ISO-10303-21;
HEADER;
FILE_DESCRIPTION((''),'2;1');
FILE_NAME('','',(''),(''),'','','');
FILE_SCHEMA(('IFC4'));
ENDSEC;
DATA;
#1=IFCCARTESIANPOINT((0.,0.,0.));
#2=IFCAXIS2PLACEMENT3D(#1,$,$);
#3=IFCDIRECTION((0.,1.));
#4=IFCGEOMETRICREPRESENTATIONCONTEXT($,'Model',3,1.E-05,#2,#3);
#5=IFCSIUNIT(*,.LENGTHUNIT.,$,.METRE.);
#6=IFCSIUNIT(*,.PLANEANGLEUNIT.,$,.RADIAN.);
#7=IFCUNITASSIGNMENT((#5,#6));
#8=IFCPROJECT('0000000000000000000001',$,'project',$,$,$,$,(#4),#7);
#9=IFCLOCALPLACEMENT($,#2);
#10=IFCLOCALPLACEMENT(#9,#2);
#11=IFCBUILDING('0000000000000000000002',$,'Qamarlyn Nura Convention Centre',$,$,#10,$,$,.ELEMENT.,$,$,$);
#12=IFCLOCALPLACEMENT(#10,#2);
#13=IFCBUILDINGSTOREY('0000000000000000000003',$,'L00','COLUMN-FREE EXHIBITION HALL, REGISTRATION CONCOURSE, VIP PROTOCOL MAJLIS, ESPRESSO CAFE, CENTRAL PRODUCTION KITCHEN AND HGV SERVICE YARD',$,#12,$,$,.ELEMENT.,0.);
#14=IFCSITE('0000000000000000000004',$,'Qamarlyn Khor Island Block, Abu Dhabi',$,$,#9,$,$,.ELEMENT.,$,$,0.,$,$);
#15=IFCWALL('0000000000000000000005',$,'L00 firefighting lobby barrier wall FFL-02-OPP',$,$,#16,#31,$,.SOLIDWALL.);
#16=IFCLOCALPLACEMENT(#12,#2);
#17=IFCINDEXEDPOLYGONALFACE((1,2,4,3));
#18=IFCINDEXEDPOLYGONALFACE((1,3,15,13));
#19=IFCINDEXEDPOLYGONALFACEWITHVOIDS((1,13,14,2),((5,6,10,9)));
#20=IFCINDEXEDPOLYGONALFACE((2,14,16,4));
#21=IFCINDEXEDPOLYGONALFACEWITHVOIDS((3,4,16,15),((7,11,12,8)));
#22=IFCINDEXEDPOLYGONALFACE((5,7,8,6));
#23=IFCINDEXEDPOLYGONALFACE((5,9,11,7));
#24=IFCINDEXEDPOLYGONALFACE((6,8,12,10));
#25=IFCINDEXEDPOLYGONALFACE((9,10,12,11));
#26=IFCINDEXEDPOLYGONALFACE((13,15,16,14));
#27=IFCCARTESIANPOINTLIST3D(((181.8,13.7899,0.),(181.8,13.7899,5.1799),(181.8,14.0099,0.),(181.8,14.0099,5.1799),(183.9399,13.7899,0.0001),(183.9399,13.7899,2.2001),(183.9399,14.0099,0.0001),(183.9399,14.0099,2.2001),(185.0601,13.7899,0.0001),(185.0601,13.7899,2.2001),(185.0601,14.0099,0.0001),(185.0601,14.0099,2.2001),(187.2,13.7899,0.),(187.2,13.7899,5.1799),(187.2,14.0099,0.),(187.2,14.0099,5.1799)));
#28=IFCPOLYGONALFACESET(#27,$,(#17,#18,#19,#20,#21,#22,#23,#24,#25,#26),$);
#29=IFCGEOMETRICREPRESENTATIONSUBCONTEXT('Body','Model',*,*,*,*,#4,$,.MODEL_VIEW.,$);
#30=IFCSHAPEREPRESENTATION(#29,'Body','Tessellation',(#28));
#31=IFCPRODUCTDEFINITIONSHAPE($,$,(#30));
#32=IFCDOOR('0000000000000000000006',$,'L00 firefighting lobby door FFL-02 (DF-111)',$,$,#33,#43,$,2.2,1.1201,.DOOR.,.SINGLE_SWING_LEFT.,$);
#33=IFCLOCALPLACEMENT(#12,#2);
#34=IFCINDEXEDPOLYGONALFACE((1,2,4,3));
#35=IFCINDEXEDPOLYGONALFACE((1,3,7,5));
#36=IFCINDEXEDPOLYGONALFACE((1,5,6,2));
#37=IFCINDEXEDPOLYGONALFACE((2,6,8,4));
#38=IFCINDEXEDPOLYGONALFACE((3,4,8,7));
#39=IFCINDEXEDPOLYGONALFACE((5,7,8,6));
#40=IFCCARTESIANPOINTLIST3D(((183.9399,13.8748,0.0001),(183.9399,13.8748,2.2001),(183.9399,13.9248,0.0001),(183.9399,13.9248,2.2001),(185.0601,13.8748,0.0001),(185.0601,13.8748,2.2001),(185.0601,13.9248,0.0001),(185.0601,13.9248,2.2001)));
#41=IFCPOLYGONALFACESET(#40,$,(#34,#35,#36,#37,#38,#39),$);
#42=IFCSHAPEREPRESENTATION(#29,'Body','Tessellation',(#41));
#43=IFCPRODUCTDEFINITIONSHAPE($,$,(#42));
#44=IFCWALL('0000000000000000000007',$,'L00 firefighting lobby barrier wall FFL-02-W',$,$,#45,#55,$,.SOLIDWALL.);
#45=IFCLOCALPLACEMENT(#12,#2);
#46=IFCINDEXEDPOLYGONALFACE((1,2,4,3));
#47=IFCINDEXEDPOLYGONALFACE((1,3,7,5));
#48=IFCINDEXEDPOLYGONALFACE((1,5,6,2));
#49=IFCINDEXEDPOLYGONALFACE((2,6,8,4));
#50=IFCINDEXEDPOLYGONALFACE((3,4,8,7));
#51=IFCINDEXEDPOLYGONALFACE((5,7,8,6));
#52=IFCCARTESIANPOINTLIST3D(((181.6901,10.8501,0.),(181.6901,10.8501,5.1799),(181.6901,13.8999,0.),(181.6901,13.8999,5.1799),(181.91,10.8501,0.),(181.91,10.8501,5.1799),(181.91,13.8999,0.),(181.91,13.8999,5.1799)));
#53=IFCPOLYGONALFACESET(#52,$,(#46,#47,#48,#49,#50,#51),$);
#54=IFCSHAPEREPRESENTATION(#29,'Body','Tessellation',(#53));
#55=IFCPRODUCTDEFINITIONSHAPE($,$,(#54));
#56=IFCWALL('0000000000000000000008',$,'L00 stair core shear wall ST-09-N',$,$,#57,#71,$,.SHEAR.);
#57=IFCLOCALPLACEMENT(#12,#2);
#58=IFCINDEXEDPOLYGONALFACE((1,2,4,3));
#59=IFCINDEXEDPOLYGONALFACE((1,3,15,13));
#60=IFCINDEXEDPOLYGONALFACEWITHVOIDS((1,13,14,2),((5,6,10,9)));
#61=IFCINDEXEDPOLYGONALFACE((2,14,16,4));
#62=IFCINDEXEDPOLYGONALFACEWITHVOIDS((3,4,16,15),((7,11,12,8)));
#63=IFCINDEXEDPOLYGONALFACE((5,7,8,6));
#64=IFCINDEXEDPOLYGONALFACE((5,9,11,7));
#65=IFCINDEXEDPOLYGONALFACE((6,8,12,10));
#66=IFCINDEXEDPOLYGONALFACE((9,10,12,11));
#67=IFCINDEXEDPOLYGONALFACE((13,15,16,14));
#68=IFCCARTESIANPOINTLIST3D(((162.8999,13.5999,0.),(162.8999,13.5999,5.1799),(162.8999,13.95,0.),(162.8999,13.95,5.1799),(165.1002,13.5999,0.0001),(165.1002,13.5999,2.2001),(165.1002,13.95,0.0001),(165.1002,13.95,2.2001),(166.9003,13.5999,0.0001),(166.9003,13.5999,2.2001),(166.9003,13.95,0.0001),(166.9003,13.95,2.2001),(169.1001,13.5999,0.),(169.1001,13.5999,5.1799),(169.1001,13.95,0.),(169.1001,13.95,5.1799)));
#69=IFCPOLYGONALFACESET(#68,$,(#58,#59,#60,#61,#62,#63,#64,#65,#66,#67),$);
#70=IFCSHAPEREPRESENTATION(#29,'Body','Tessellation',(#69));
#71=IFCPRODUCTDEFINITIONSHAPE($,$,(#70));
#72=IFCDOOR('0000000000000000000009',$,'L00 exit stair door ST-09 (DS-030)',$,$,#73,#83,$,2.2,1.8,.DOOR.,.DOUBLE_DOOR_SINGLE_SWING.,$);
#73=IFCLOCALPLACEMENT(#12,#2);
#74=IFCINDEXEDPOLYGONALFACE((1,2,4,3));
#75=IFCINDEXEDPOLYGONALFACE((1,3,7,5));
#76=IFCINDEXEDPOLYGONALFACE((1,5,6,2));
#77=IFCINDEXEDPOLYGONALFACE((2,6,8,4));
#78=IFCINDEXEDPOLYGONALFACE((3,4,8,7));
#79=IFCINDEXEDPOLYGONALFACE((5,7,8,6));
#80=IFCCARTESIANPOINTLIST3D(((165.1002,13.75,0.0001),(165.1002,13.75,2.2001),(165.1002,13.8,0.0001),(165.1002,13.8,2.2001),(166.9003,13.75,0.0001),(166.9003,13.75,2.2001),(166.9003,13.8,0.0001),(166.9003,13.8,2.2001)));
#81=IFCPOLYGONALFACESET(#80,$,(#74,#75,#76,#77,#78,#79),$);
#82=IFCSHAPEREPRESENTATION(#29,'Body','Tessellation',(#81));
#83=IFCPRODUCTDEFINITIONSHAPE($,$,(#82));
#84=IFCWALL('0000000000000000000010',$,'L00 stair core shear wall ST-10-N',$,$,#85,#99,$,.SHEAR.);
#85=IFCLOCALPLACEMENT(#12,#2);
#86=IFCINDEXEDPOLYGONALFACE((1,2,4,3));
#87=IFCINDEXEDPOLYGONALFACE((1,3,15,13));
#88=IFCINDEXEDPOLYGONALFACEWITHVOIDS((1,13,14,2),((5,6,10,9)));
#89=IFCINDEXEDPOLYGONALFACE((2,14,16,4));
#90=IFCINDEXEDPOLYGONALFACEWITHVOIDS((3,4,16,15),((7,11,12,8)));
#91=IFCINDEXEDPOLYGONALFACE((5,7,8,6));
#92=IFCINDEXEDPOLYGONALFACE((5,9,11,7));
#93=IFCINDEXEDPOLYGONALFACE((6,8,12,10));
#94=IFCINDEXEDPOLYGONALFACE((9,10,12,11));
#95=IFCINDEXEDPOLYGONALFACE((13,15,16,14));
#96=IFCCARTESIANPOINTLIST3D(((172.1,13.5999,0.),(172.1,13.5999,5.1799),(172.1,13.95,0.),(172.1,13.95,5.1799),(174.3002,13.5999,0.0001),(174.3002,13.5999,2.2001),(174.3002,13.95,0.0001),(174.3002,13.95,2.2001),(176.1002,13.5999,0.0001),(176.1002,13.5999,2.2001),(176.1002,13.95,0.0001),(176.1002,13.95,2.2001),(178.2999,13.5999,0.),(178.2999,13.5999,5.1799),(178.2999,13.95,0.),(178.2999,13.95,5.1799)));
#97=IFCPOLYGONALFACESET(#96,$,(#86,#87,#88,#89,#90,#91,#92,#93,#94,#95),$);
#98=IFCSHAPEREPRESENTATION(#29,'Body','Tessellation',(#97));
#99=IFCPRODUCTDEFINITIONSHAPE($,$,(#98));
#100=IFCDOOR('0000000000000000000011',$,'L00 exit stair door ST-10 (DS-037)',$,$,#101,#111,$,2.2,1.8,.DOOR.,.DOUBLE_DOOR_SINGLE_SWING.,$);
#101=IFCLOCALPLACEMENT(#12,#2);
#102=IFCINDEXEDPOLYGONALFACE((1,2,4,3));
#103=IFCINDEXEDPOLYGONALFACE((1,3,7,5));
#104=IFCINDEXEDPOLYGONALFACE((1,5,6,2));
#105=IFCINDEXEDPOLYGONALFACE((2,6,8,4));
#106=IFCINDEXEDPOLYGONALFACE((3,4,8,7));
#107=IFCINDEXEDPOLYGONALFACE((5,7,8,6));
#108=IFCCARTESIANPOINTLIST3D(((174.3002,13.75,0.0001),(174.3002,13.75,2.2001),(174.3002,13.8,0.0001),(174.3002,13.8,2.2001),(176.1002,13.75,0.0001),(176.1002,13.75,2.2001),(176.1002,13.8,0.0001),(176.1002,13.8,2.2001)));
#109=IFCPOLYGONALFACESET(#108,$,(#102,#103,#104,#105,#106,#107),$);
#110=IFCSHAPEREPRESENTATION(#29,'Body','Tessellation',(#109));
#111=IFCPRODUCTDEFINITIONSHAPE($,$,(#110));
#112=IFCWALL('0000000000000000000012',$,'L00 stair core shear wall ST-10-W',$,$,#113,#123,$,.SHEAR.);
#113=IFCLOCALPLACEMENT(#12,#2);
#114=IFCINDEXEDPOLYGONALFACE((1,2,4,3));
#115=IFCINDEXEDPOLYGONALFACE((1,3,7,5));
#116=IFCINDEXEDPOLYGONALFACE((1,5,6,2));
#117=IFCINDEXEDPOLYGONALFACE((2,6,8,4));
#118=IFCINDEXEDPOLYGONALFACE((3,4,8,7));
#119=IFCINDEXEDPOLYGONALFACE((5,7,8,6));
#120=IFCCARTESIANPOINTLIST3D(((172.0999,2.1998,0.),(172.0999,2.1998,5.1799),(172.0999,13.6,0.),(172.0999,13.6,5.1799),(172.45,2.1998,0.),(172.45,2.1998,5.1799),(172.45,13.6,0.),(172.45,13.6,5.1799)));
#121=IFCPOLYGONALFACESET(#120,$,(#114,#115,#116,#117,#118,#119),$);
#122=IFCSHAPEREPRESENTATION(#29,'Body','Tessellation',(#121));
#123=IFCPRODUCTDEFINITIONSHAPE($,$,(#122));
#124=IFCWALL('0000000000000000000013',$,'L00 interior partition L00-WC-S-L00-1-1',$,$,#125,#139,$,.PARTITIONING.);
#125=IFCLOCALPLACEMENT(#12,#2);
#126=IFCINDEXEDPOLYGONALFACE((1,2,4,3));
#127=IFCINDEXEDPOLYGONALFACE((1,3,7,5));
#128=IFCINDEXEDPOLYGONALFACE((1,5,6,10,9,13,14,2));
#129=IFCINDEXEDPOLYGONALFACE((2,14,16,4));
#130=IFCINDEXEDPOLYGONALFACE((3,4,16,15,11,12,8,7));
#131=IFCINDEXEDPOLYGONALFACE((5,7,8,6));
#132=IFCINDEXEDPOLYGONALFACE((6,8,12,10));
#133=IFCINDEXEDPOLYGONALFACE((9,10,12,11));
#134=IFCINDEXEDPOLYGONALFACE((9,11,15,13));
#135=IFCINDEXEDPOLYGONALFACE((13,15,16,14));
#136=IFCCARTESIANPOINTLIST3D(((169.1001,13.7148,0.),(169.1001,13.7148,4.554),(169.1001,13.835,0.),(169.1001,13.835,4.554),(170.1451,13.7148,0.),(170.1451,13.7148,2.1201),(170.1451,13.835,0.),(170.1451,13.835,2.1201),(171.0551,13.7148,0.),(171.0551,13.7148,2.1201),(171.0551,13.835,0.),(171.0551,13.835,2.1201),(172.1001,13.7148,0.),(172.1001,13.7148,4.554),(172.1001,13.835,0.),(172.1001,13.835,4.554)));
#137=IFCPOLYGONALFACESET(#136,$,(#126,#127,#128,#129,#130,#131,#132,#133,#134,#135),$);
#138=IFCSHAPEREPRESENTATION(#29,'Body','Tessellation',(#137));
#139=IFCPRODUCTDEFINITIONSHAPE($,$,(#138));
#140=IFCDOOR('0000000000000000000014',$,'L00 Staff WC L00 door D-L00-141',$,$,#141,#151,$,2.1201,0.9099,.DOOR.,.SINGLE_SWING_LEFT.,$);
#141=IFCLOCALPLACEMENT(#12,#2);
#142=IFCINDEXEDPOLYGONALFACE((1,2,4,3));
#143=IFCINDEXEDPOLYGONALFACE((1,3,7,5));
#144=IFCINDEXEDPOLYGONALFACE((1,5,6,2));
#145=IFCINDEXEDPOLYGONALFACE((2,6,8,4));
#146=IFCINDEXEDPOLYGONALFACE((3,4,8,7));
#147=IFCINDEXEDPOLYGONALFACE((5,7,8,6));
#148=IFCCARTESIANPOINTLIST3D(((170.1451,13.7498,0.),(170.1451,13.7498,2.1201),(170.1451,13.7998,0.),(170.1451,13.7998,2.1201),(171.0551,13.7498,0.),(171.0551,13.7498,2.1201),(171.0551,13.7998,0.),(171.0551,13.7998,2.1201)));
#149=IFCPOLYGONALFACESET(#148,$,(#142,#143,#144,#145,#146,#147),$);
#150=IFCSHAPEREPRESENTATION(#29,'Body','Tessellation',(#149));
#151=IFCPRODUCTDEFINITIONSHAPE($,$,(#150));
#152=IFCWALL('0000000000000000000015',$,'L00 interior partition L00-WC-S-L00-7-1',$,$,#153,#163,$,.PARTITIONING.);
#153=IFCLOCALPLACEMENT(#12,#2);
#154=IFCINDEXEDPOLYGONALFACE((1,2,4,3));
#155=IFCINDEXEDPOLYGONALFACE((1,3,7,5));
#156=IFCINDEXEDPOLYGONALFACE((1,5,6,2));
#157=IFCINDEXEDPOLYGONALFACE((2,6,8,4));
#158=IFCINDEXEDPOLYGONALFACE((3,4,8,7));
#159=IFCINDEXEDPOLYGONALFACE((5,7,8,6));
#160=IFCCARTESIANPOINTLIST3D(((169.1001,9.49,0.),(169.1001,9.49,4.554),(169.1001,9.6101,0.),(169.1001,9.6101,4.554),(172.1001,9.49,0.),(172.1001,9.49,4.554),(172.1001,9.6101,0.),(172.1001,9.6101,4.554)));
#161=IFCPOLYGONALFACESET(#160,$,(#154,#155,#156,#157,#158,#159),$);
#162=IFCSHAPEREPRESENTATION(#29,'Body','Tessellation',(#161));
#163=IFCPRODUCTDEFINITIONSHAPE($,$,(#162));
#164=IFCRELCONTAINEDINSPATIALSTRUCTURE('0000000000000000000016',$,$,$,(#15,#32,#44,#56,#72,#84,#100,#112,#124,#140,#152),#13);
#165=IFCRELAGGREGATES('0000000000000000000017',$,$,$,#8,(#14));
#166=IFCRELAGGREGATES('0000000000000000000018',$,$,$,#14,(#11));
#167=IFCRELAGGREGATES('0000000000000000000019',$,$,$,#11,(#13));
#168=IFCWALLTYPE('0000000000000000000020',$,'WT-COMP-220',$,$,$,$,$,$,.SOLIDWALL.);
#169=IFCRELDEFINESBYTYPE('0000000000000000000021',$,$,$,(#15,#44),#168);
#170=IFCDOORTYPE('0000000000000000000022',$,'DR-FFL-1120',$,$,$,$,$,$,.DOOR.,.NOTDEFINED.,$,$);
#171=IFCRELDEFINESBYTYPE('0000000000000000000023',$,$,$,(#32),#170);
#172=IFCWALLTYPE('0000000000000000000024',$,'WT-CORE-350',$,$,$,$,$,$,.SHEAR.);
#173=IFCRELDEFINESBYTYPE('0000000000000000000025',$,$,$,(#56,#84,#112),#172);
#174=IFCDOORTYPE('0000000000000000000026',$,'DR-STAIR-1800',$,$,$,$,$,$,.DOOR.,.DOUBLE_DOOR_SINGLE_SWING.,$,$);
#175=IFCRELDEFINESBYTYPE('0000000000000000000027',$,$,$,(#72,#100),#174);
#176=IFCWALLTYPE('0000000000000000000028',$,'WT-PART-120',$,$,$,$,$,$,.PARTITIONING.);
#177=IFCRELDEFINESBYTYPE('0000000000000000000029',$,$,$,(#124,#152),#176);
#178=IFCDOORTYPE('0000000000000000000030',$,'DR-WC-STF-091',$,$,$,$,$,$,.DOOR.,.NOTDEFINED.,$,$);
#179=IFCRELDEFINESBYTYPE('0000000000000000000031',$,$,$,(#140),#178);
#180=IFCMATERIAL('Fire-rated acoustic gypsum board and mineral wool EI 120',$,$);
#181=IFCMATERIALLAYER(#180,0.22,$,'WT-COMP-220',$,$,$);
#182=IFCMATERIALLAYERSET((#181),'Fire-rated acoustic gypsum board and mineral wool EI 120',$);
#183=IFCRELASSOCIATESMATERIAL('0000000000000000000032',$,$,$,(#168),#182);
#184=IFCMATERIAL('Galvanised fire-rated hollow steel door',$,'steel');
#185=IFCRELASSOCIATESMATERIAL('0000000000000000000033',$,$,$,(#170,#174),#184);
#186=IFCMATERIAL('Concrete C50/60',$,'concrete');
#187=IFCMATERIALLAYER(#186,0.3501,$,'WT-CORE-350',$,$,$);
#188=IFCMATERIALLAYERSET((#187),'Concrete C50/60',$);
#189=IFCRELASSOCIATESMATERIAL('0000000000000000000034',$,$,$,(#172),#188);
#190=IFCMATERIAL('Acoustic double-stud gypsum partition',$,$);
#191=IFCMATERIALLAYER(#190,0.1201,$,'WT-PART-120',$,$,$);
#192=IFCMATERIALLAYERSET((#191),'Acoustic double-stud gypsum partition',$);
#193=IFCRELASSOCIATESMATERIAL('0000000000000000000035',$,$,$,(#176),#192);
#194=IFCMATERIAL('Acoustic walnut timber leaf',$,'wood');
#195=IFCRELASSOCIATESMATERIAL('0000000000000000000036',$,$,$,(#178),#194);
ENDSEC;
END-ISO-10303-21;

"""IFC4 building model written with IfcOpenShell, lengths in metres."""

from ifc_helpers import new_model, si_unit, direction, frame, frame_2d, origin, place, context, subcontext, project, spatial, rectangle, extrude, material, layer, layer_set, type_object, element, fill, save


model = new_model("IFC4")

# Units and contexts
model_context = context("Model", 3, precision=1e-05, world=origin(), true_north=direction((0.0, 1.0)))
body_context = subcontext(model_context, "Body", "Model", "MODEL_VIEW")
ifc_project = project(units=[si_unit("LENGTHUNIT", "METRE"), si_unit("PLANEANGLEUNIT", "RADIAN")], contexts=[model_context])

# Site, building, storey
site_placement = place(None, origin())
site = spatial("IfcSite", under=ifc_project, at=site_placement, Name="Qamarlyn Khor Island Block, Abu Dhabi", CompositionType="ELEMENT", RefElevation=0.0)
building_placement = place(site_placement, origin())
building = spatial("IfcBuilding", under=site, at=building_placement, Name="Qamarlyn Nura Convention Centre", CompositionType="ELEMENT")
storey_placement = place(building_placement, origin())
storey = spatial("IfcBuildingStorey", under=building, at=storey_placement, Name="L00", Description="COLUMN-FREE EXHIBITION HALL, REGISTRATION CONCOURSE, VIP PROTOCOL MAJLIS, ESPRESSO CAFE, CENTRAL PRODUCTION KITCHEN AND HGV SERVICE YARD", CompositionType="ELEMENT", Elevation=0.0)

# Wall, opening, door
ifc_material_1 = material(Name="Fire-rated acoustic gypsum board and mineral wool EI 120")
ifc_layer_1 = layer(ifc_material_1, 0.22, Name="WT-COMP-220")
ifc_layer_set_1 = layer_set([ifc_layer_1], Name="Fire-rated acoustic gypsum board and mineral wool EI 120")
wall_type_1 = type_object("IfcWallType", Name="WT-COMP-220", PredefinedType="SOLIDWALL", material=ifc_layer_set_1)
wall_1_placement = place(storey_placement, frame((181.8, 13.8999, 0.0), z_axis=(0.0, 0.0, 1.0), x_axis=(1.0, 0.0, 0.0)))
wall_1 = element("IfcWall", 1, at=wall_1_placement, inside=storey, type_object=wall_type_1, Name="L00 firefighting lobby barrier wall FFL-02-OPP", PredefinedType="SOLIDWALL", context=body_context, shape_type="SweptSolid", body=[
    extrude(rectangle(XDim=5.3999, YDim=0.22, at=frame_2d((2.7, 0.0))), origin(), (0.0, 0.0, 1.0), 5.1799),
])
opening_1_placement = place(wall_1_placement, frame((2.1399, 0.0, 0.0)))
opening_1 = element("IfcOpeningElement", 2, at=opening_1_placement, cuts=wall_1, PredefinedType="OPENING", context=body_context, shape_type="SweptSolid", body=[
    extrude(rectangle(XDim=1.1201, YDim=2.2, at=frame_2d((0.5601, 1.1001))), frame((0.0, 0.1201, 0.0), z_axis=(0.0, -1.0, 0.0), x_axis=(1.0, 0.0, 0.0)), (0.0, 0.0, 1.0), 0.24),
])
ifc_material_2 = material(Name="Galvanised fire-rated hollow steel door", Category="steel")
door_type_1 = type_object("IfcDoorType", Name="DR-FFL-1120", OperationType="NOTDEFINED", PredefinedType="DOOR", material=ifc_material_2)
door_1_placement = place(opening_1_placement, origin())
door_1 = element("IfcDoor", 3, at=door_1_placement, inside=storey, type_object=door_type_1, Name="L00 firefighting lobby door FFL-02 (DF-111)", OperationType="SINGLE_SWING_LEFT", OverallHeight=2.2, OverallWidth=1.1201, PredefinedType="DOOR", context=body_context, shape_type="SweptSolid", body=[
    extrude(rectangle(XDim=1.1201, YDim=2.2, at=frame_2d((0.5601, 1.1001))), frame((0.0, 0.0249, 0.0), z_axis=(0.0, -1.0, 0.0), x_axis=(1.0, 0.0, 0.0)), (0.0, 0.0, 1.0), 0.05),
])
fill(opening_1, door_1)

# Wall
wall_2_placement = place(storey_placement, frame((181.8, 10.8501, 0.0), z_axis=(0.0, 0.0, 1.0), x_axis=(0.0, 1.0, 0.0)))
element("IfcWall", 4, at=wall_2_placement, inside=storey, type_object=wall_type_1, Name="L00 firefighting lobby barrier wall FFL-02-W", PredefinedType="SOLIDWALL", context=body_context, shape_type="SweptSolid", body=[
    extrude(rectangle(XDim=3.0498, YDim=0.22, at=frame_2d((1.5249, 0.0))), origin(), (0.0, 0.0, 1.0), 5.1799),
])

# Walls, openings, doors
ifc_material_3 = material(Name="Concrete C50/60", Category="concrete")
ifc_layer_2 = layer(ifc_material_3, 0.3501, Name="WT-CORE-350")
ifc_layer_set_2 = layer_set([ifc_layer_2], Name="Concrete C50/60")
wall_type_2 = type_object("IfcWallType", Name="WT-CORE-350", PredefinedType="SHEAR", material=ifc_layer_set_2)
wall_3_placement = place(storey_placement, frame((169.1001, 13.7749, 0.0), z_axis=(0.0, 0.0, 1.0), x_axis=(-1.0, 0.0, 0.0)))
wall_3 = element("IfcWall", 5, at=wall_3_placement, inside=storey, type_object=wall_type_2, Name="L00 stair core shear wall ST-09-N", PredefinedType="SHEAR", context=body_context, shape_type="SweptSolid", body=[
    extrude(rectangle(XDim=6.2002, YDim=0.3501, at=frame_2d((3.1001, 0.0))), origin(), (0.0, 0.0, 1.0), 5.1799),
])
opening_2_placement = place(wall_3_placement, frame((2.2, 0.0, 0.0)))
opening_2 = element("IfcOpeningElement", 6, at=opening_2_placement, cuts=wall_3, PredefinedType="OPENING", context=body_context, shape_type="SweptSolid", body=[
    extrude(rectangle(XDim=1.8, YDim=2.2, at=frame_2d((0.8999, 1.1001))), frame((0.0, 0.1851, 0.0), z_axis=(0.0, -1.0, 0.0), x_axis=(1.0, 0.0, 0.0)), (0.0, 0.0, 1.0), 0.3701),
])
door_type_2 = type_object("IfcDoorType", Name="DR-STAIR-1800", OperationType="DOUBLE_DOOR_SINGLE_SWING", PredefinedType="DOOR", material=ifc_material_2)
door_2_placement = place(opening_2_placement, origin())
door_2 = element("IfcDoor", 7, at=door_2_placement, inside=storey, type_object=door_type_2, Name="L00 exit stair door ST-09 (DS-030)", OperationType="DOUBLE_DOOR_SINGLE_SWING", OverallHeight=2.2, OverallWidth=1.8, PredefinedType="DOOR", context=body_context, shape_type="SweptSolid", body=[
    extrude(rectangle(XDim=1.8, YDim=2.2, at=frame_2d((0.8999, 1.1001))), frame((0.0, 0.0249, 0.0), z_axis=(0.0, -1.0, 0.0), x_axis=(1.0, 0.0, 0.0)), (0.0, 0.0, 1.0), 0.05),
])
fill(opening_2, door_2)
wall_4_placement = place(storey_placement, frame((178.3, 13.7749, 0.0), z_axis=(0.0, 0.0, 1.0), x_axis=(-1.0, 0.0, 0.0)))
wall_4 = element("IfcWall", 8, at=wall_4_placement, inside=storey, type_object=wall_type_2, Name="L00 stair core shear wall ST-10-N", PredefinedType="SHEAR", context=body_context, shape_type="SweptSolid", body=[
    extrude(rectangle(XDim=6.2, YDim=0.3501, at=frame_2d((3.1001, 0.0))), origin(), (0.0, 0.0, 1.0), 5.1799),
])
opening_3_placement = place(wall_4_placement, frame((2.2, 0.0, 0.0)))
opening_3 = element("IfcOpeningElement", 9, at=opening_3_placement, cuts=wall_4, PredefinedType="OPENING", context=body_context, shape_type="SweptSolid", body=[
    extrude(rectangle(XDim=1.8, YDim=2.2, at=frame_2d((0.8999, 1.1001))), frame((0.0, 0.1851, 0.0), z_axis=(0.0, -1.0, 0.0), x_axis=(1.0, 0.0, 0.0)), (0.0, 0.0, 1.0), 0.3701),
])
door_3_placement = place(opening_3_placement, origin())
door_3 = element("IfcDoor", 10, at=door_3_placement, inside=storey, type_object=door_type_2, Name="L00 exit stair door ST-10 (DS-037)", OperationType="DOUBLE_DOOR_SINGLE_SWING", OverallHeight=2.2, OverallWidth=1.8, PredefinedType="DOOR", context=body_context, shape_type="SweptSolid", body=[
    extrude(rectangle(XDim=1.8, YDim=2.2, at=frame_2d((0.8999, 1.1001))), frame((0.0, 0.0249, 0.0), z_axis=(0.0, -1.0, 0.0), x_axis=(1.0, 0.0, 0.0)), (0.0, 0.0, 1.0), 0.05),
])
fill(opening_3, door_3)

# Wall
wall_5_placement = place(storey_placement, frame((172.2749, 13.6001, 0.0), z_axis=(0.0, 0.0, 1.0), x_axis=(0.0, -1.0, 0.0)))
element("IfcWall", 11, at=wall_5_placement, inside=storey, type_object=wall_type_2, Name="L00 stair core shear wall ST-10-W", PredefinedType="SHEAR", context=body_context, shape_type="SweptSolid", body=[
    extrude(rectangle(XDim=11.4001, YDim=0.3501, at=frame_2d((5.7002, 0.0))), origin(), (0.0, 0.0, 1.0), 5.1799),
])

# Wall, opening, door
ifc_material_4 = material(Name="Acoustic double-stud gypsum partition")
ifc_layer_3 = layer(ifc_material_4, 0.1201, Name="WT-PART-120")
ifc_layer_set_3 = layer_set([ifc_layer_3], Name="Acoustic double-stud gypsum partition")
wall_type_3 = type_object("IfcWallType", Name="WT-PART-120", PredefinedType="PARTITIONING", material=ifc_layer_set_3)
wall_6_placement = place(storey_placement, frame((169.1001, 13.7749, 0.0), z_axis=(0.0, 0.0, 1.0), x_axis=(1.0, 0.0, 0.0)))
wall_6 = element("IfcWall", 12, at=wall_6_placement, inside=storey, type_object=wall_type_3, Name="L00 interior partition L00-WC-S-L00-1-1", PredefinedType="PARTITIONING", context=body_context, shape_type="SweptSolid", body=[
    extrude(rectangle(XDim=3.0, YDim=0.1201, at=frame_2d((1.5, 0.0))), origin(), (0.0, 0.0, 1.0), 4.554),
])
opening_4_placement = place(wall_6_placement, frame((1.0449, 0.0, 0.0)))
opening_4 = element("IfcOpeningElement", 13, at=opening_4_placement, cuts=wall_6, PredefinedType="OPENING", context=body_context, shape_type="SweptSolid", body=[
    extrude(rectangle(XDim=0.9099, YDim=2.1201, at=frame_2d((0.4551, 1.0601))), frame((0.0, 0.0701, 0.0), z_axis=(0.0, -1.0, 0.0), x_axis=(1.0, 0.0, 0.0)), (0.0, 0.0, 1.0), 0.1401),
])
ifc_material_5 = material(Name="Acoustic walnut timber leaf", Category="wood")
door_type_3 = type_object("IfcDoorType", Name="DR-WC-STF-091", OperationType="NOTDEFINED", PredefinedType="DOOR", material=ifc_material_5)
door_4_placement = place(opening_4_placement, origin())
door_4 = element("IfcDoor", 14, at=door_4_placement, inside=storey, type_object=door_type_3, Name="L00 Staff WC L00 door D-L00-141", OperationType="SINGLE_SWING_LEFT", OverallHeight=2.1201, OverallWidth=0.9099, PredefinedType="DOOR", context=body_context, shape_type="SweptSolid", body=[
    extrude(rectangle(XDim=0.9099, YDim=2.1201, at=frame_2d((0.4551, 1.0601))), frame((0.0, 0.0249, 0.0), z_axis=(0.0, -1.0, 0.0), x_axis=(1.0, 0.0, 0.0)), (0.0, 0.0, 1.0), 0.05),
])
fill(opening_4, door_4)

# Wall
wall_7_placement = place(storey_placement, frame((172.1001, 9.55, 0.0), z_axis=(0.0, 0.0, 1.0), x_axis=(-1.0, 0.0, 0.0)))
element("IfcWall", 15, at=wall_7_placement, inside=storey, type_object=wall_type_3, Name="L00 interior partition L00-WC-S-L00-7-1", PredefinedType="PARTITIONING", context=body_context, shape_type="SweptSolid", body=[
    extrude(rectangle(XDim=3.0, YDim=0.1201, at=frame_2d((1.5, 0.0))), origin(), (0.0, 0.0, 1.0), 4.554),
])

save(model, "model.ifc")
